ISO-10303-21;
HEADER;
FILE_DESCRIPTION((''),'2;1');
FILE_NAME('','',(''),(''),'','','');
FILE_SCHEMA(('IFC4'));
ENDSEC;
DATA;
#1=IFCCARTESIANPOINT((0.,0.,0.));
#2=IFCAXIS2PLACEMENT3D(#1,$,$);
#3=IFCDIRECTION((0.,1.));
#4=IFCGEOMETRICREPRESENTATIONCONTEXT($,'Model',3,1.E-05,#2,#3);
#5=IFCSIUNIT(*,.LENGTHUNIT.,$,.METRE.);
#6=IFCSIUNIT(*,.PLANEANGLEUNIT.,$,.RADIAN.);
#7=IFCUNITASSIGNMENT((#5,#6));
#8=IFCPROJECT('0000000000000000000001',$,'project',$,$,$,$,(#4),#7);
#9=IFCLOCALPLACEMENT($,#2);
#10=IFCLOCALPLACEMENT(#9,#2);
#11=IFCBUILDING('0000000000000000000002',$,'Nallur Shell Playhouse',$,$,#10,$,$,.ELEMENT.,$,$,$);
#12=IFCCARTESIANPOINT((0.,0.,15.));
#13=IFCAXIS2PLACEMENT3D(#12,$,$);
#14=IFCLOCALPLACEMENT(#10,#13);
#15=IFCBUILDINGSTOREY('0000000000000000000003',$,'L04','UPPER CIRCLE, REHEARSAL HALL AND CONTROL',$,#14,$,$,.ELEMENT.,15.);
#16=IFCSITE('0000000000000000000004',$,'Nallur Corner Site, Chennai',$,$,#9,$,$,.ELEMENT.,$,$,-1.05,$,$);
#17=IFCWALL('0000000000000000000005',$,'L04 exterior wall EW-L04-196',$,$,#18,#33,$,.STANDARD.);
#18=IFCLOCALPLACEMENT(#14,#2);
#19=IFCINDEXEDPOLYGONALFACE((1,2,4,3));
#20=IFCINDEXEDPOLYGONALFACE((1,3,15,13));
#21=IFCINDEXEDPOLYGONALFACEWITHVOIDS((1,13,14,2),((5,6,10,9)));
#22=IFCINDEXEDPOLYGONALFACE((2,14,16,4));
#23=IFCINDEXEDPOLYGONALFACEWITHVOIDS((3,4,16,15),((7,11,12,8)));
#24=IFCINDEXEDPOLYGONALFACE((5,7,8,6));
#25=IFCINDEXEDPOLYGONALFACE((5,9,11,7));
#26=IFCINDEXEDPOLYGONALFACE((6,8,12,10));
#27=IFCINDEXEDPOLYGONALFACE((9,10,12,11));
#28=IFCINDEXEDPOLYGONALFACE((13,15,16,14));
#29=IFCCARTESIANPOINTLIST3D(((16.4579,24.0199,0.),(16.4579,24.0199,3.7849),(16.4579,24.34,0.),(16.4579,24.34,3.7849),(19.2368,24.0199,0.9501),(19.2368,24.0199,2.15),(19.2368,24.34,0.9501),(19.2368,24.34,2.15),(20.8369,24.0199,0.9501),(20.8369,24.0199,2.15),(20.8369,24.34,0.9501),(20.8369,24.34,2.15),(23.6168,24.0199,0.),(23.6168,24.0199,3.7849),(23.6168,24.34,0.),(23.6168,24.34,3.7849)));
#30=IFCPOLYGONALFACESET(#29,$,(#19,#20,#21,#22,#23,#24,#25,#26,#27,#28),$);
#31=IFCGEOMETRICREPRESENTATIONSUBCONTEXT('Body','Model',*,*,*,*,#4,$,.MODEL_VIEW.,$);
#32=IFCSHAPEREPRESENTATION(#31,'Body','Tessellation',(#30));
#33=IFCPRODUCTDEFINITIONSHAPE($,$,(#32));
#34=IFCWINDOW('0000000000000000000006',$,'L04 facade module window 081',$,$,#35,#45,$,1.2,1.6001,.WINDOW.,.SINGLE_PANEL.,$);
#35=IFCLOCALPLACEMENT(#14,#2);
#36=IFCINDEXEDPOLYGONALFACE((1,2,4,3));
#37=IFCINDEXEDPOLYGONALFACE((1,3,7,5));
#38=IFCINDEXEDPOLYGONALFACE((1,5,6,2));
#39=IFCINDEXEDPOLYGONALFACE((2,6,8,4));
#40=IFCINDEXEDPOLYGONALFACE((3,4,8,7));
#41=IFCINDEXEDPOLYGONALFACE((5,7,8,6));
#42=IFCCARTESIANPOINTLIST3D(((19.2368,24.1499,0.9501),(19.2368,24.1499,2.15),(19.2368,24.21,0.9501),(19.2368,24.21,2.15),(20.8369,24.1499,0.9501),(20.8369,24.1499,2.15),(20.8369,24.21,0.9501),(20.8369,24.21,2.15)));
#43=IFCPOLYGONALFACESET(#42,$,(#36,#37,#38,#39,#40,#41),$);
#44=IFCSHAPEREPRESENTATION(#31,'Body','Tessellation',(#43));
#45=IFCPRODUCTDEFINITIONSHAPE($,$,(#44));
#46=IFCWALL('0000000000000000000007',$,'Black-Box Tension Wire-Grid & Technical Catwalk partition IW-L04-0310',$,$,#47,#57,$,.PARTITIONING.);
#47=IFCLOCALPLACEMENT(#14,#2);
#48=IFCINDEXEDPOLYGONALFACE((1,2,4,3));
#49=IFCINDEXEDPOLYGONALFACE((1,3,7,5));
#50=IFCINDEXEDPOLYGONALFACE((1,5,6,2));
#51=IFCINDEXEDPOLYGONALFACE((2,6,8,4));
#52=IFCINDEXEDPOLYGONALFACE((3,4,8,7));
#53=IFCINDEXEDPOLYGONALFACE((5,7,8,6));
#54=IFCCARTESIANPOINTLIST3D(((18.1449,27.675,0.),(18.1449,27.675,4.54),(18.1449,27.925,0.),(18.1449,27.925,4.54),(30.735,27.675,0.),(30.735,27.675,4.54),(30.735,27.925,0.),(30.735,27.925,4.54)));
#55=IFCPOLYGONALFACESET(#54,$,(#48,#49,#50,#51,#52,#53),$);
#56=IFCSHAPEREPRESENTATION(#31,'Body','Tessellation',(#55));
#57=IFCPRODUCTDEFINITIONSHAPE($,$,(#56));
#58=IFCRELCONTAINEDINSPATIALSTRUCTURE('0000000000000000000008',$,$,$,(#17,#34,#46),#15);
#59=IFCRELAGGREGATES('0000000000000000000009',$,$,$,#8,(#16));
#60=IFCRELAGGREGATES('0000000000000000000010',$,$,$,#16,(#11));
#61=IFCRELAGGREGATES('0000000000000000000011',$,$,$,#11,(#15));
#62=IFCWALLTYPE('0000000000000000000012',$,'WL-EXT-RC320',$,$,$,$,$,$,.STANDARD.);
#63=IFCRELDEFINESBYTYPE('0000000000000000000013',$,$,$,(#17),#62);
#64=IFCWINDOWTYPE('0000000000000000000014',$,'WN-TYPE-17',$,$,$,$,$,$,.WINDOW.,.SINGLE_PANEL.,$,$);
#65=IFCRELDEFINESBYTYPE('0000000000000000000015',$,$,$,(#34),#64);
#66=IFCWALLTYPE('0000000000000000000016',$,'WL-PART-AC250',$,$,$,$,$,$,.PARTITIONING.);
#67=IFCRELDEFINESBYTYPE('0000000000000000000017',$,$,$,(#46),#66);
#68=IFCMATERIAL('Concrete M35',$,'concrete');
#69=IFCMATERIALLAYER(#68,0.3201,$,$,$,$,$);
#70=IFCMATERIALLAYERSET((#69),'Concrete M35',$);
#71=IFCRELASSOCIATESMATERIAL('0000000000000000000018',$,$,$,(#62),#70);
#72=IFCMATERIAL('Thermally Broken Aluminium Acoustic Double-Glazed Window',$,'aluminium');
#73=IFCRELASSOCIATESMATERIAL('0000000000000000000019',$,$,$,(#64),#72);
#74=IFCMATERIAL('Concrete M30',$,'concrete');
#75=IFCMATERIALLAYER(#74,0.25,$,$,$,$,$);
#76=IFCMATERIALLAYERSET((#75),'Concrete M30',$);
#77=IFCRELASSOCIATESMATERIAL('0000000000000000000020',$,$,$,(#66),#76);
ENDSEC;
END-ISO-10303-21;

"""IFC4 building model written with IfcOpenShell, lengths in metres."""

from ifc_helpers import new_model, si_unit, direction, frame, frame_2d, origin, place, context, subcontext, project, spatial, rectangle, extrude, material, layer, layer_set, type_object, element, fill, save


model = new_model("IFC4")

# Units and contexts
model_context = context("Model", 3, precision=1e-05, world=origin(), true_north=direction((0.0, 1.0)))
body_context = subcontext(model_context, "Body", "Model", "MODEL_VIEW")
ifc_project = project(units=[si_unit("LENGTHUNIT", "METRE"), si_unit("PLANEANGLEUNIT", "RADIAN")], contexts=[model_context])

# Site, building, storey
site_placement = place(None, origin())
site = spatial("IfcSite", under=ifc_project, at=site_placement, Name="Nallur Corner Site, Chennai", CompositionType="ELEMENT", RefElevation=-1.05)
building_placement = place(site_placement, origin())
building = spatial("IfcBuilding", under=site, at=building_placement, Name="Nallur Shell Playhouse", CompositionType="ELEMENT")
storey_placement = place(building_placement, frame((0.0, 0.0, 15.0)))
storey = spatial("IfcBuildingStorey", under=building, at=storey_placement, Name="L04", Description="UPPER CIRCLE, REHEARSAL HALL AND CONTROL", CompositionType="ELEMENT", Elevation=15.0)

# Shared definitions
ifc_material_1 = material(Name="Concrete M30", Category="concrete")

# Shared definitions
ifc_material_2 = material(Name="Concrete M35", Category="concrete")
ifc_material_3 = material(Name="Thermally Broken Aluminium Acoustic Double-Glazed Window", Category="aluminium")

# Wall, opening, window
ifc_layer_1 = layer(ifc_material_2, 0.3201)
ifc_layer_set_1 = layer_set([ifc_layer_1], Name="Concrete M35")
wall_type_1 = type_object("IfcWallType", Name="WL-EXT-RC320", PredefinedType="STANDARD", material=ifc_layer_set_1)
wall_1_placement = place(storey_placement, frame((23.6169, 24.1799, 0.0), z_axis=(0.0, 0.0, 1.0), x_axis=(-1.0, 0.0, 0.0)))
wall_1 = element("IfcWall", 1, at=wall_1_placement, inside=storey, type_object=wall_type_1, Name="L04 exterior wall EW-L04-196", PredefinedType="STANDARD", context=body_context, shape_type="SweptSolid", body=[
    extrude(rectangle(XDim=7.1589, YDim=0.3201, at=frame_2d((3.5796, 0.0))), origin(), (0.0, 0.0, 1.0), 3.7849),
])
opening_1_placement = place(wall_1_placement, frame((2.78, 0.0, 0.95)))
opening_1 = element("IfcOpeningElement", 2, at=opening_1_placement, cuts=wall_1, PredefinedType="OPENING", context=body_context, shape_type="SweptSolid", body=[
    extrude(rectangle(XDim=1.6001, YDim=1.2, at=frame_2d((0.8, 0.6001))), frame((0.0, 0.1699, 0.0), z_axis=(0.0, -1.0, 0.0), x_axis=(1.0, 0.0, 0.0)), (0.0, 0.0, 1.0), 0.3401),
])
window_type_1 = type_object("IfcWindowType", Name="WN-TYPE-17", PartitioningType="SINGLE_PANEL", PredefinedType="WINDOW", material=ifc_material_3)
window_1_placement = place(opening_1_placement, origin())
window_1 = element("IfcWindow", 3, at=window_1_placement, inside=storey, type_object=window_type_1, Name="L04 facade module window 081", OverallHeight=1.2, OverallWidth=1.6001, PartitioningType="SINGLE_PANEL", PredefinedType="WINDOW", context=body_context, shape_type="SweptSolid", body=[
    extrude(rectangle(XDim=1.6001, YDim=1.2, at=frame_2d((0.8, 0.6001))), frame((0.0, 0.03, 0.0), z_axis=(0.0, -1.0, 0.0), x_axis=(1.0, 0.0, 0.0)), (0.0, 0.0, 1.0), 0.0601),
])
fill(opening_1, window_1)

# Wall
ifc_layer_2 = layer(ifc_material_1, 0.25)
ifc_layer_set_2 = layer_set([ifc_layer_2], Name="Concrete M30")
wall_type_2 = type_object("IfcWallType", Name="WL-PART-AC250", PredefinedType="PARTITIONING", material=ifc_layer_set_2)
wall_2_placement = place(storey_placement, frame((18.145, 27.8, 0.0), z_axis=(0.0, 0.0, 1.0), x_axis=(1.0, 0.0, 0.0)))
element("IfcWall", 4, at=wall_2_placement, inside=storey, type_object=wall_type_2, Name="Black-Box Tension Wire-Grid & Technical Catwalk partition IW-L04-0310", PredefinedType="PARTITIONING", context=body_context, shape_type="SweptSolid", body=[
    extrude(rectangle(XDim=12.5901, YDim=0.25, at=frame_2d((6.2949, 0.0))), origin(), (0.0, 0.0, 1.0), 4.54),
])

save(model, "model.ifc")
